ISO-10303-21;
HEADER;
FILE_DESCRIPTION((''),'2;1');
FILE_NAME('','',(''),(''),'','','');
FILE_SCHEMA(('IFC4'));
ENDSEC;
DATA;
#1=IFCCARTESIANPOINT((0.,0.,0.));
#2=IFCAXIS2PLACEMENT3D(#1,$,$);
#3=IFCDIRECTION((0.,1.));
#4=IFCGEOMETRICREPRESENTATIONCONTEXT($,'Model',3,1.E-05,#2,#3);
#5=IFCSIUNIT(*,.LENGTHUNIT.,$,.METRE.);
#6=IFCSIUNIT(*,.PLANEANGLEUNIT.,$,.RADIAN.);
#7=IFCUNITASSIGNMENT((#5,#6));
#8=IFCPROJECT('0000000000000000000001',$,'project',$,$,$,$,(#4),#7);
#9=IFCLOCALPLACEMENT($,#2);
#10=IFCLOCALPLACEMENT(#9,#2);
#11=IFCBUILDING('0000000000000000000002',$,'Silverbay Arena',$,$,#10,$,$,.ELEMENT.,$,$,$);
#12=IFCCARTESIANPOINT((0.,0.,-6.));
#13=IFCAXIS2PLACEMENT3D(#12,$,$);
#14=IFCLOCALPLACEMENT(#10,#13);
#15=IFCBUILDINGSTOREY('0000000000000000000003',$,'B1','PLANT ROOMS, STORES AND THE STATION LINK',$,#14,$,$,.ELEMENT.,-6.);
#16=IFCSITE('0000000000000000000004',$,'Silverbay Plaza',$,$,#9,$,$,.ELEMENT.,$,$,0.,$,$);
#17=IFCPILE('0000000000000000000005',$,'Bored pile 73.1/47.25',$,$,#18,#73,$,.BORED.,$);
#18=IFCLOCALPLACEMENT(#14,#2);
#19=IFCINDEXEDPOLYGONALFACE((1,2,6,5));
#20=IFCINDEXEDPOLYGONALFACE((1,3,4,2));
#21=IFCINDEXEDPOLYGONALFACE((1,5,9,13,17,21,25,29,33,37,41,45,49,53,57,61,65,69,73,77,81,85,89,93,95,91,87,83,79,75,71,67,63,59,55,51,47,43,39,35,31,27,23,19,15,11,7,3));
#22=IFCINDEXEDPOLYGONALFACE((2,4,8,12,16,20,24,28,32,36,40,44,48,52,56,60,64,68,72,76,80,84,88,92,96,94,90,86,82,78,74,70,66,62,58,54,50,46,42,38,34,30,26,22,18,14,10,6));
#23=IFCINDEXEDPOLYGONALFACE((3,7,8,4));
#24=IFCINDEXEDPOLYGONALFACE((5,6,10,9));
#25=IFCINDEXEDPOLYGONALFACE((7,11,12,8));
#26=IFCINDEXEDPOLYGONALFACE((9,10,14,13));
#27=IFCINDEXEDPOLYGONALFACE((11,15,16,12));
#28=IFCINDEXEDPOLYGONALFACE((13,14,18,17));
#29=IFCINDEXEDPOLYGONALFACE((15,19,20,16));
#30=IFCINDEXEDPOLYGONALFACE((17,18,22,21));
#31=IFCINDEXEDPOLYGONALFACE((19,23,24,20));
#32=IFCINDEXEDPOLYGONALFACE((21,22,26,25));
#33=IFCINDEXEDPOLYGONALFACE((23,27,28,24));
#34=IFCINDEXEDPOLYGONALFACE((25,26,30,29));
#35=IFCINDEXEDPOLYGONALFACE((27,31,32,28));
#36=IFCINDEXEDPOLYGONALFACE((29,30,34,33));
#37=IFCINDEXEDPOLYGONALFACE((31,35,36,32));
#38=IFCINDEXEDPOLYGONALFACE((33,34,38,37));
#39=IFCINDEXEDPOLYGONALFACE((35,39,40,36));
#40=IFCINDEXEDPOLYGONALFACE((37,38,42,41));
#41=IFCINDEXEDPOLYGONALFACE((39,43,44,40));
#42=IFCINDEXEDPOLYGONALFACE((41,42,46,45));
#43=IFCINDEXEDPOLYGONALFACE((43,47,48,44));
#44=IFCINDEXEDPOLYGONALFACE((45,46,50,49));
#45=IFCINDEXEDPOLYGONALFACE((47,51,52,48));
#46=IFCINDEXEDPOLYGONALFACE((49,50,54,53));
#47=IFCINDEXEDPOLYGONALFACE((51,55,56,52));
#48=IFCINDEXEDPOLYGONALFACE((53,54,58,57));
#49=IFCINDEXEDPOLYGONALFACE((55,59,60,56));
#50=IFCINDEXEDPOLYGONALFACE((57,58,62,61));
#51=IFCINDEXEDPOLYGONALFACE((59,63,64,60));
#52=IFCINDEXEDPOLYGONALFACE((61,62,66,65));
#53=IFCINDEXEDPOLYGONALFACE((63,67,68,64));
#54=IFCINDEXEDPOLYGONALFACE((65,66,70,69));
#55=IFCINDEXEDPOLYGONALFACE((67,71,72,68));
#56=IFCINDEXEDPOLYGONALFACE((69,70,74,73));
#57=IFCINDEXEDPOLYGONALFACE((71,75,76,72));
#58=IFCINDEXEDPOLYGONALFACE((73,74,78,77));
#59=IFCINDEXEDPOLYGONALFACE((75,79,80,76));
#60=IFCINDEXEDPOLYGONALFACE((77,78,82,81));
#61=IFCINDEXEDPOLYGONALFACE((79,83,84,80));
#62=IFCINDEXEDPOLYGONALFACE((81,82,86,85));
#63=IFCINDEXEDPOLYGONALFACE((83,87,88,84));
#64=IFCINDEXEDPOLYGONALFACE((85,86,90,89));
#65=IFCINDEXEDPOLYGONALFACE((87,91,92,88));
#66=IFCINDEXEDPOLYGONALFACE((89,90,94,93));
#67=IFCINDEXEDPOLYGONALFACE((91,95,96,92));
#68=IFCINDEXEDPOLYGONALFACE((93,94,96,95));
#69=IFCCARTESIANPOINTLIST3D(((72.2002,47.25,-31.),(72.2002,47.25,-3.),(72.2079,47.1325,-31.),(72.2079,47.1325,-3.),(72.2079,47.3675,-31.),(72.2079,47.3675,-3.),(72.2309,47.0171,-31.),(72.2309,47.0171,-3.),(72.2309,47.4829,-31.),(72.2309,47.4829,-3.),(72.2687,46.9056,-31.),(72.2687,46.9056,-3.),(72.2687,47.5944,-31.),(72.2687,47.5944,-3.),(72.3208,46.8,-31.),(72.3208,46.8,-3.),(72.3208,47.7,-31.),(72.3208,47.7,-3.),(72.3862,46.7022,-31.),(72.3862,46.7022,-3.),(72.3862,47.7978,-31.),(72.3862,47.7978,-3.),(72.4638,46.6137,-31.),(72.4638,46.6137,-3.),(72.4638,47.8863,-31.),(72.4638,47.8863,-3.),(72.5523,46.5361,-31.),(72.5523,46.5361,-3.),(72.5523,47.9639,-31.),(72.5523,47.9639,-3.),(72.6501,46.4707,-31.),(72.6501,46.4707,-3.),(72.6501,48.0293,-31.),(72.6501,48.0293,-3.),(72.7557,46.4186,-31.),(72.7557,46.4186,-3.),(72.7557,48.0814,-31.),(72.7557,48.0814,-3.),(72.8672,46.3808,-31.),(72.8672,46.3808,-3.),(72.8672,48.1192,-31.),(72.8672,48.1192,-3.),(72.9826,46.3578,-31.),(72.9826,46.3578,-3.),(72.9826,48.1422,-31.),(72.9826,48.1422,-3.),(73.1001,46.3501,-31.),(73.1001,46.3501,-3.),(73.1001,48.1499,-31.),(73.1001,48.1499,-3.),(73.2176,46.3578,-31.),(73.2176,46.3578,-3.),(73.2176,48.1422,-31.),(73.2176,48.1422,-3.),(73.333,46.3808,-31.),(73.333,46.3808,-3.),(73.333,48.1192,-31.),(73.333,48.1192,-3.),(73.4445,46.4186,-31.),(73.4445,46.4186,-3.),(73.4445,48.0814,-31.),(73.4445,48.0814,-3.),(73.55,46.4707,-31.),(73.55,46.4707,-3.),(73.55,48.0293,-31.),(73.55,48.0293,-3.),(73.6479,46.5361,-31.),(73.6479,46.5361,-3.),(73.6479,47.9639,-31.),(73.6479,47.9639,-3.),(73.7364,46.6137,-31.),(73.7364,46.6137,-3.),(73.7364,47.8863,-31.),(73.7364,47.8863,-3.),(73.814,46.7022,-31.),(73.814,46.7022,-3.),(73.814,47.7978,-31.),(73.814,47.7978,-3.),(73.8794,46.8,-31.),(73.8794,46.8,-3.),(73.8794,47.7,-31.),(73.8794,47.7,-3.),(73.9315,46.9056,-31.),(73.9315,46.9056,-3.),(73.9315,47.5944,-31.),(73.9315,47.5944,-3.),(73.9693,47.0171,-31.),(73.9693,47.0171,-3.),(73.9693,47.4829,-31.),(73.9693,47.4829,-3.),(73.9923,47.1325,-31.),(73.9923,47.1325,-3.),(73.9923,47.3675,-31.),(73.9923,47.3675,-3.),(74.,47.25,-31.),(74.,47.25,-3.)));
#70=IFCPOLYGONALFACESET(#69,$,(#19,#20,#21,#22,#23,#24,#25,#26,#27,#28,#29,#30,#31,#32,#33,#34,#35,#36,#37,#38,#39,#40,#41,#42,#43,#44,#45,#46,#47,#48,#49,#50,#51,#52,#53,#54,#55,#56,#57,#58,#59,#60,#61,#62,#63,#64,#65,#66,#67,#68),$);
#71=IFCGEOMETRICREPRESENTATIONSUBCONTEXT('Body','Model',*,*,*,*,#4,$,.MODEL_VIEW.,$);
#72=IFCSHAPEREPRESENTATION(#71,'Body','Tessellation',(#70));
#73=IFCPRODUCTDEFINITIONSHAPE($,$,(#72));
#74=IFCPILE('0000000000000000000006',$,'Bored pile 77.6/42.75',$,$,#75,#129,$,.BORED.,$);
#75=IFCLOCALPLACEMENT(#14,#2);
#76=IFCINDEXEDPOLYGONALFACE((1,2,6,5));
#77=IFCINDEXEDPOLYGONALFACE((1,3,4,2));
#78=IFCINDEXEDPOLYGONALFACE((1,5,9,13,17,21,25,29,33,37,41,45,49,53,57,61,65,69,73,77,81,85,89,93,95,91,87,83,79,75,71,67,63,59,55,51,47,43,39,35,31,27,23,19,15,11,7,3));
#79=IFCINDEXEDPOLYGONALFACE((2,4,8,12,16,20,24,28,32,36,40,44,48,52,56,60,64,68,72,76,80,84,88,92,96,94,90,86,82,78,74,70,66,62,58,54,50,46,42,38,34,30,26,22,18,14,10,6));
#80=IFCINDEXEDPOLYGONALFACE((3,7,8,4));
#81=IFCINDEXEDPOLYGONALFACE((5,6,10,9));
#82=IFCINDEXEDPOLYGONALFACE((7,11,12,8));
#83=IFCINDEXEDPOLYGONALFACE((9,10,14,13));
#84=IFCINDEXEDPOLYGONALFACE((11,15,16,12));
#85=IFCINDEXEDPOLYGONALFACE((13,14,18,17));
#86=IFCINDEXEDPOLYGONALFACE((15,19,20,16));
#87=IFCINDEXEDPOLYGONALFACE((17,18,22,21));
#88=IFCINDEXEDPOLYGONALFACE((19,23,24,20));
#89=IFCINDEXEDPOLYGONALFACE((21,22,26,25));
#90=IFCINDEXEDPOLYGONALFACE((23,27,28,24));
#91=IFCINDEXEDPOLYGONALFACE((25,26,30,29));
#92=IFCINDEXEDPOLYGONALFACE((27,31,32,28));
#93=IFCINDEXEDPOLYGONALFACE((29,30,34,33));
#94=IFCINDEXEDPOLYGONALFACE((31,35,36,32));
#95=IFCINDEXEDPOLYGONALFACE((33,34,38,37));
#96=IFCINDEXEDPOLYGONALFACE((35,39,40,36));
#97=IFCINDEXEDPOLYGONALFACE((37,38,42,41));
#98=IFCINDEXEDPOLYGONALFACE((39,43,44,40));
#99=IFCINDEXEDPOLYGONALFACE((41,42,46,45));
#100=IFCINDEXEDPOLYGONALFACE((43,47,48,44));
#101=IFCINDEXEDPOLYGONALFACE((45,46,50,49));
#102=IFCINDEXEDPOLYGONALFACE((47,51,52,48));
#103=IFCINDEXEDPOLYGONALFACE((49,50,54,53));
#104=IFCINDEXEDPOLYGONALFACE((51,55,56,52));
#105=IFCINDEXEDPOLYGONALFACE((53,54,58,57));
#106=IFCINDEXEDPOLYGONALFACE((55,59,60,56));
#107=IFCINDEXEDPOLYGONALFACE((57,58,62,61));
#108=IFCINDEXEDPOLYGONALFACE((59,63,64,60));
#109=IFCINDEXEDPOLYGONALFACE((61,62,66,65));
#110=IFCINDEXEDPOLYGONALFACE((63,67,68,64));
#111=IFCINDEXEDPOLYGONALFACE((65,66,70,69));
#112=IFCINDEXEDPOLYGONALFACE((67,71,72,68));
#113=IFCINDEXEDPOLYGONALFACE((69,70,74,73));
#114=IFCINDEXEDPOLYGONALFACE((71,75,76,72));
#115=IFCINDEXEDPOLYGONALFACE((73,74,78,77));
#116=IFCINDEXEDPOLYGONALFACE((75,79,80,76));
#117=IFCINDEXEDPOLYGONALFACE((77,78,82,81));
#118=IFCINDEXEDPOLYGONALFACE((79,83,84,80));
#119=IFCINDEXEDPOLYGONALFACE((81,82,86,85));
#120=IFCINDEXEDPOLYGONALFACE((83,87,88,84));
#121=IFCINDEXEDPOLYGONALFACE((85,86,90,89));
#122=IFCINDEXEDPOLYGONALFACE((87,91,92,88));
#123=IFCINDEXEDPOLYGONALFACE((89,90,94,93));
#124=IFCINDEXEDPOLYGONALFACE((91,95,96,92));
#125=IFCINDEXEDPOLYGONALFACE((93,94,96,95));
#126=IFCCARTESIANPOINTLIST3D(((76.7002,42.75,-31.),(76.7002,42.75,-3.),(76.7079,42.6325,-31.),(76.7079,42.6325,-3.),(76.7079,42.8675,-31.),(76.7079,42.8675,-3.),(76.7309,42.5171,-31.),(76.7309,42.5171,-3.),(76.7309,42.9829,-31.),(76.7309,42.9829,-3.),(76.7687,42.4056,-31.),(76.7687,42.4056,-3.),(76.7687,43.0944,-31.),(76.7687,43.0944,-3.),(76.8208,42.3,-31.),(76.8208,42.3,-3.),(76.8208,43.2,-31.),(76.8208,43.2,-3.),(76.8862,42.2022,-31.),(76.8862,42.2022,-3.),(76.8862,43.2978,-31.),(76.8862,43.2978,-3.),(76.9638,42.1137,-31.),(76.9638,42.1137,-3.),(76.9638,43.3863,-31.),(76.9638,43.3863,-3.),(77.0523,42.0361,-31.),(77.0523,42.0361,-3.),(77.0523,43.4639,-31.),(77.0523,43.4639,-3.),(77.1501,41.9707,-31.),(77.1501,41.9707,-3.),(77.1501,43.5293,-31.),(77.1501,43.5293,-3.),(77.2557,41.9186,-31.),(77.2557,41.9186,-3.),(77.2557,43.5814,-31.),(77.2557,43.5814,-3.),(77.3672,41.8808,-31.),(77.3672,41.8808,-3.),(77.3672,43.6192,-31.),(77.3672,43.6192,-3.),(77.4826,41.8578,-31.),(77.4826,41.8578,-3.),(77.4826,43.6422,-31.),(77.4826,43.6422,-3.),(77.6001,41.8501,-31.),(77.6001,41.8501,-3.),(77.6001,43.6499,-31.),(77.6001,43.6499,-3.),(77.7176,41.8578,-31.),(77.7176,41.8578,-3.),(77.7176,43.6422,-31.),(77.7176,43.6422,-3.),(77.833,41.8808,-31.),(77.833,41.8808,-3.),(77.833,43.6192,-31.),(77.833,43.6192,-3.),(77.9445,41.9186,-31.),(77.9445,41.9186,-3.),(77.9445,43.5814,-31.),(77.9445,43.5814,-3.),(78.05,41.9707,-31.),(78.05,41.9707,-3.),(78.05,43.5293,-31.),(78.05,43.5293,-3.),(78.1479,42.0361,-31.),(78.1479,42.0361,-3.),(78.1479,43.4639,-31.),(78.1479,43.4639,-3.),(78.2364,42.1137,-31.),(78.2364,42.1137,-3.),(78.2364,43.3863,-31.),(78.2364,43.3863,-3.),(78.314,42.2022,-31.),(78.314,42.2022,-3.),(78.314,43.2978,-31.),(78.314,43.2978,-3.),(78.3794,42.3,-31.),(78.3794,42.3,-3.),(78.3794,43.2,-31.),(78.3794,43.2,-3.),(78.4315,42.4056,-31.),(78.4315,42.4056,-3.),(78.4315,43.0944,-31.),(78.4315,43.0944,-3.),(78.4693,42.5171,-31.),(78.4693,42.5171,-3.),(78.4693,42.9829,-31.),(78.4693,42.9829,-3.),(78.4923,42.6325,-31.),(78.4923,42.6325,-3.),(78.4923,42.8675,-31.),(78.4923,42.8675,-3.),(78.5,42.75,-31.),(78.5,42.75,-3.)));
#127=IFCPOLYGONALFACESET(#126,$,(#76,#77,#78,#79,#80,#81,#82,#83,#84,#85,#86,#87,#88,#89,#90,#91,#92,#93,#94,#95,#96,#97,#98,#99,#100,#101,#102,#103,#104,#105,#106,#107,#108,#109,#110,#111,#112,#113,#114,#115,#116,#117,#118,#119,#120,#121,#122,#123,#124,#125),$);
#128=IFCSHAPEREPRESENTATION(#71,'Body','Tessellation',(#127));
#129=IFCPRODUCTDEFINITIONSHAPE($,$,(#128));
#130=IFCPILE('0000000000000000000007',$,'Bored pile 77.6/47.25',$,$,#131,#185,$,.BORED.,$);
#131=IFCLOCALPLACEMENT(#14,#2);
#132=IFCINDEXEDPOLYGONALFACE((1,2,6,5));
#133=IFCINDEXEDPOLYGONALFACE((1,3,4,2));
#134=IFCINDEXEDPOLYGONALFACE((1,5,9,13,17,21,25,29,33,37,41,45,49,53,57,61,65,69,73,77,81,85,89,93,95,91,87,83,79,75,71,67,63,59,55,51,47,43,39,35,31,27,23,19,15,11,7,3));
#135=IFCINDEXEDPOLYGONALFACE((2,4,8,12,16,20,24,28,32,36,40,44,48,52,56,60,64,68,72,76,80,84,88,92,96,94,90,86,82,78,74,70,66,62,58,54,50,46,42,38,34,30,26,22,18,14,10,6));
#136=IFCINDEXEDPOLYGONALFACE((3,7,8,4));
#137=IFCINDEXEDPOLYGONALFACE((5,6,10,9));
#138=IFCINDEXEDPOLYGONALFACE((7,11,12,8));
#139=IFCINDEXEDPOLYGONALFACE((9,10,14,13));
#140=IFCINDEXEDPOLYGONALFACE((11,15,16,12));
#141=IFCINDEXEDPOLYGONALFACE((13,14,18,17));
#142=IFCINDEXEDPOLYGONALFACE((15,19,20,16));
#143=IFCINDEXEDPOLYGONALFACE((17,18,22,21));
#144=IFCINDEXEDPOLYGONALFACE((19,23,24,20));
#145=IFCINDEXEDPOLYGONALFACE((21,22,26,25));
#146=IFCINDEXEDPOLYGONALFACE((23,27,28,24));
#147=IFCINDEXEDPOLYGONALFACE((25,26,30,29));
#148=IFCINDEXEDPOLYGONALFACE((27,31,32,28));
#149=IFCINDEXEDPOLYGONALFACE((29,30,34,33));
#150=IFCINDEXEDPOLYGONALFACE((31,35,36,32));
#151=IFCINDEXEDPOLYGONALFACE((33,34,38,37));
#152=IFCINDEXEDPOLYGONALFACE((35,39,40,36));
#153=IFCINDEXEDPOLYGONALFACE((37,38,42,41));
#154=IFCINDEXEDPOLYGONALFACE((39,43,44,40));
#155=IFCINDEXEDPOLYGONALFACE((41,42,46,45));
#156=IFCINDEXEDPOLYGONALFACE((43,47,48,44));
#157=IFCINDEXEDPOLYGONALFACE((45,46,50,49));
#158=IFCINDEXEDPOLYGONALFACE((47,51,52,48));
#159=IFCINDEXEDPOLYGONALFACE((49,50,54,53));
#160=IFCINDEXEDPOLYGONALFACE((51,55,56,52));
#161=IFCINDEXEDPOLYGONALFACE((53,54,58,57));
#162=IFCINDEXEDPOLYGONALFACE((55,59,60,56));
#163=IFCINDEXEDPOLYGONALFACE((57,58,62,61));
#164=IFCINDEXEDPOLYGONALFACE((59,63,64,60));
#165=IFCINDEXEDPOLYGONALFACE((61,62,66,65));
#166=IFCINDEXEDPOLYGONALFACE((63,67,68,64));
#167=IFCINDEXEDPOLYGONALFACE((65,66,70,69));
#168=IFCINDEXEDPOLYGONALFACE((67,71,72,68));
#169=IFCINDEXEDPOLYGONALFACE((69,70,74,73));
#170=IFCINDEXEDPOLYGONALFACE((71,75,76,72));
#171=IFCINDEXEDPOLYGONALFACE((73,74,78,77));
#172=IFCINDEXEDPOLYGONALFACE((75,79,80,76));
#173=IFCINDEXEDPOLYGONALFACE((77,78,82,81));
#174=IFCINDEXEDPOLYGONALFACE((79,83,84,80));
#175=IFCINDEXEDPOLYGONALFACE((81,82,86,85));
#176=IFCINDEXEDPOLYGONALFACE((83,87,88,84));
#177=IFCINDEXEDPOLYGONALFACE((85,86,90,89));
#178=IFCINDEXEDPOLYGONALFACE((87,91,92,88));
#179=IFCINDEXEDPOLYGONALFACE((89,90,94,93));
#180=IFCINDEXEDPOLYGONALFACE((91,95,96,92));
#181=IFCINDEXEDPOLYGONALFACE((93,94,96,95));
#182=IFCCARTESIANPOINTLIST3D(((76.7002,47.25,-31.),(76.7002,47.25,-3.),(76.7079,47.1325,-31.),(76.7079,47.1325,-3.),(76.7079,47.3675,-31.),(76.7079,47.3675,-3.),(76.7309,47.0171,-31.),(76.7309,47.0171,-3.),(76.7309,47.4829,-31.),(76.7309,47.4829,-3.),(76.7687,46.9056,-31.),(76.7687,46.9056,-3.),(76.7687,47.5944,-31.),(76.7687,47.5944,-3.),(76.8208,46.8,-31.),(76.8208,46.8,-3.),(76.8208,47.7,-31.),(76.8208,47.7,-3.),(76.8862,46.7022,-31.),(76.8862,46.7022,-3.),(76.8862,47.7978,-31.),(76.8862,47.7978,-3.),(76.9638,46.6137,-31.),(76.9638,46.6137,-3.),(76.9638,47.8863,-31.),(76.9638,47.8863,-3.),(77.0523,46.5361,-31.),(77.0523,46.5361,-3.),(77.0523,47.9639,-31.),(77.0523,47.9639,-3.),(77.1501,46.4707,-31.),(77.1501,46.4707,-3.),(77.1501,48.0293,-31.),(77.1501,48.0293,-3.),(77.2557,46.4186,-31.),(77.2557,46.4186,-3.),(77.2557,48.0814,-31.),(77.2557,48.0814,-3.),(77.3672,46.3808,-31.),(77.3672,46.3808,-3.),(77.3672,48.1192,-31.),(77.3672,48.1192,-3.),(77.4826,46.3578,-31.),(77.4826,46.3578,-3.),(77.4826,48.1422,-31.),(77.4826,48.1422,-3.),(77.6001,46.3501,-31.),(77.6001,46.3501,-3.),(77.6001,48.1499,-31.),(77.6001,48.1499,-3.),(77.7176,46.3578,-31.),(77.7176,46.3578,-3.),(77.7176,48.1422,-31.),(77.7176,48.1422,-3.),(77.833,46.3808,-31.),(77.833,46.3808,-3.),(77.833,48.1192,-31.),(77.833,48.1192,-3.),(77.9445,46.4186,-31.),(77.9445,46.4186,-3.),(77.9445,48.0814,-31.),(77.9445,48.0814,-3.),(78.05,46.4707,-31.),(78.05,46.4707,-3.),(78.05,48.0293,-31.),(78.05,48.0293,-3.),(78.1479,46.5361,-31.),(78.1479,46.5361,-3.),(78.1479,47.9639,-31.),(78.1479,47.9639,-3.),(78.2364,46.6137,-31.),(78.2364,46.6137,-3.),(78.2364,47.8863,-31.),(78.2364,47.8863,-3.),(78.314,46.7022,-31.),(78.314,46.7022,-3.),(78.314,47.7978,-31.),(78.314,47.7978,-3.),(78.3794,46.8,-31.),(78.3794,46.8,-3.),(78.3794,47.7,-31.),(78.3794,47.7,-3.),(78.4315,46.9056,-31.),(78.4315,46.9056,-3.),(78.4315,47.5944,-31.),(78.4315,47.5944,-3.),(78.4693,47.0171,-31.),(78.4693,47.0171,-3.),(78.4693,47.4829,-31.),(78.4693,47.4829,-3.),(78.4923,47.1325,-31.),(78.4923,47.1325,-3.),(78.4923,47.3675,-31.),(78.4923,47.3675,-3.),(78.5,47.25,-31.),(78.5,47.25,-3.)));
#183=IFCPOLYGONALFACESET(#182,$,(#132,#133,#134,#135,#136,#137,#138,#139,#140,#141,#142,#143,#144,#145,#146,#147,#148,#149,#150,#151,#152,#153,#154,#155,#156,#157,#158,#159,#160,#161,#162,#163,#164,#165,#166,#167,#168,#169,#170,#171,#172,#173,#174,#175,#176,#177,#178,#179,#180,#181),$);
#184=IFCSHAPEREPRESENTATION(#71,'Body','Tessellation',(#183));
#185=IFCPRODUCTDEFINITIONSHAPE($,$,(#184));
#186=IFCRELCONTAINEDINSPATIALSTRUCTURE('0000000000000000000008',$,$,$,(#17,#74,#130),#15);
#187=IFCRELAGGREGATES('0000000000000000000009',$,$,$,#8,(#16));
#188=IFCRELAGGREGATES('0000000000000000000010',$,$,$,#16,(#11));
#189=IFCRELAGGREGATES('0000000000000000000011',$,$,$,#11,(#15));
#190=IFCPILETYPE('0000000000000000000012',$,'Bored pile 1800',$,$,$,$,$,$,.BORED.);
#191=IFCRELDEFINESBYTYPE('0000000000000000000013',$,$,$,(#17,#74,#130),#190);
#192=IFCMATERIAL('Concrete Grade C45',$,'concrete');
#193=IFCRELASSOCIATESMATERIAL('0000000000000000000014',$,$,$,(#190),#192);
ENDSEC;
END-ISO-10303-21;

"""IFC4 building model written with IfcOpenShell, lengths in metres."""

from ifc_helpers import new_model, si_unit, direction, frame, origin, origin_2d, place, context, subcontext, project, spatial, circle, extrude, material, material_profile, profile_set, type_object, element, save


model = new_model("IFC4")

# Units and contexts
model_context = context("Model", 3, precision=1e-05, world=origin(), true_north=direction((0.0, 1.0)))
body_context = subcontext(model_context, "Body", "Model", "MODEL_VIEW")
ifc_project = project(units=[si_unit("LENGTHUNIT", "METRE"), si_unit("PLANEANGLEUNIT", "RADIAN")], contexts=[model_context])

# Site, building, storey
site_placement = place(None, origin())
site = spatial("IfcSite", under=ifc_project, at=site_placement, Name="Silverbay Plaza", CompositionType="ELEMENT", RefElevation=0.0)
building_placement = place(site_placement, origin())
building = spatial("IfcBuilding", under=site, at=building_placement, Name="Silverbay Arena", CompositionType="ELEMENT")
storey_placement = place(building_placement, frame((0.0, 0.0, -6.0)))
storey = spatial("IfcBuildingStorey", under=building, at=storey_placement, Name="B1", Description="PLANT ROOMS, STORES AND THE STATION LINK", CompositionType="ELEMENT", Elevation=-6.0)

# Piles
ifc_material_1 = material(Name="Concrete Grade C45", Category="concrete")
ifc_material_profile_1 = material_profile(ifc_material_1, circle(Radius=0.8999, at=origin_2d()), Name="Bored pile 1800")
ifc_profile_set_1 = profile_set([ifc_material_profile_1], Name="Concrete Grade C45")
pile_type_1 = type_object("IfcPileType", Name="Bored pile 1800", PredefinedType="BORED", material=ifc_profile_set_1)
for number, where, z_axis, x_axis, name in (
    (1, (73.1001, 47.25, -3.0), (0.0, 0.0, -1.0), (1.0, 0.0, 0.0), "Bored pile 73.1/47.25"),
    (2, (77.6001, 42.75, -3.0), (0.0, 0.0, -1.0), (1.0, 0.0, 0.0), "Bored pile 77.6/42.75"),
    (3, (77.6001, 47.25, -3.0), (0.0, 0.0, -1.0), (1.0, 0.0, 0.0), "Bored pile 77.6/47.25"),
):
    element("IfcPile", number, at=place(storey_placement, frame(where, z_axis=z_axis, x_axis=x_axis)), inside=storey, type_object=pile_type_1, Name=name, PredefinedType="BORED", context=body_context, shape_type="SweptSolid", body=[
        extrude(circle(Radius=0.8999, at=origin_2d()), origin(), (0.0, 0.0, 1.0), 28.0),
    ])

save(model, "model.ifc")
